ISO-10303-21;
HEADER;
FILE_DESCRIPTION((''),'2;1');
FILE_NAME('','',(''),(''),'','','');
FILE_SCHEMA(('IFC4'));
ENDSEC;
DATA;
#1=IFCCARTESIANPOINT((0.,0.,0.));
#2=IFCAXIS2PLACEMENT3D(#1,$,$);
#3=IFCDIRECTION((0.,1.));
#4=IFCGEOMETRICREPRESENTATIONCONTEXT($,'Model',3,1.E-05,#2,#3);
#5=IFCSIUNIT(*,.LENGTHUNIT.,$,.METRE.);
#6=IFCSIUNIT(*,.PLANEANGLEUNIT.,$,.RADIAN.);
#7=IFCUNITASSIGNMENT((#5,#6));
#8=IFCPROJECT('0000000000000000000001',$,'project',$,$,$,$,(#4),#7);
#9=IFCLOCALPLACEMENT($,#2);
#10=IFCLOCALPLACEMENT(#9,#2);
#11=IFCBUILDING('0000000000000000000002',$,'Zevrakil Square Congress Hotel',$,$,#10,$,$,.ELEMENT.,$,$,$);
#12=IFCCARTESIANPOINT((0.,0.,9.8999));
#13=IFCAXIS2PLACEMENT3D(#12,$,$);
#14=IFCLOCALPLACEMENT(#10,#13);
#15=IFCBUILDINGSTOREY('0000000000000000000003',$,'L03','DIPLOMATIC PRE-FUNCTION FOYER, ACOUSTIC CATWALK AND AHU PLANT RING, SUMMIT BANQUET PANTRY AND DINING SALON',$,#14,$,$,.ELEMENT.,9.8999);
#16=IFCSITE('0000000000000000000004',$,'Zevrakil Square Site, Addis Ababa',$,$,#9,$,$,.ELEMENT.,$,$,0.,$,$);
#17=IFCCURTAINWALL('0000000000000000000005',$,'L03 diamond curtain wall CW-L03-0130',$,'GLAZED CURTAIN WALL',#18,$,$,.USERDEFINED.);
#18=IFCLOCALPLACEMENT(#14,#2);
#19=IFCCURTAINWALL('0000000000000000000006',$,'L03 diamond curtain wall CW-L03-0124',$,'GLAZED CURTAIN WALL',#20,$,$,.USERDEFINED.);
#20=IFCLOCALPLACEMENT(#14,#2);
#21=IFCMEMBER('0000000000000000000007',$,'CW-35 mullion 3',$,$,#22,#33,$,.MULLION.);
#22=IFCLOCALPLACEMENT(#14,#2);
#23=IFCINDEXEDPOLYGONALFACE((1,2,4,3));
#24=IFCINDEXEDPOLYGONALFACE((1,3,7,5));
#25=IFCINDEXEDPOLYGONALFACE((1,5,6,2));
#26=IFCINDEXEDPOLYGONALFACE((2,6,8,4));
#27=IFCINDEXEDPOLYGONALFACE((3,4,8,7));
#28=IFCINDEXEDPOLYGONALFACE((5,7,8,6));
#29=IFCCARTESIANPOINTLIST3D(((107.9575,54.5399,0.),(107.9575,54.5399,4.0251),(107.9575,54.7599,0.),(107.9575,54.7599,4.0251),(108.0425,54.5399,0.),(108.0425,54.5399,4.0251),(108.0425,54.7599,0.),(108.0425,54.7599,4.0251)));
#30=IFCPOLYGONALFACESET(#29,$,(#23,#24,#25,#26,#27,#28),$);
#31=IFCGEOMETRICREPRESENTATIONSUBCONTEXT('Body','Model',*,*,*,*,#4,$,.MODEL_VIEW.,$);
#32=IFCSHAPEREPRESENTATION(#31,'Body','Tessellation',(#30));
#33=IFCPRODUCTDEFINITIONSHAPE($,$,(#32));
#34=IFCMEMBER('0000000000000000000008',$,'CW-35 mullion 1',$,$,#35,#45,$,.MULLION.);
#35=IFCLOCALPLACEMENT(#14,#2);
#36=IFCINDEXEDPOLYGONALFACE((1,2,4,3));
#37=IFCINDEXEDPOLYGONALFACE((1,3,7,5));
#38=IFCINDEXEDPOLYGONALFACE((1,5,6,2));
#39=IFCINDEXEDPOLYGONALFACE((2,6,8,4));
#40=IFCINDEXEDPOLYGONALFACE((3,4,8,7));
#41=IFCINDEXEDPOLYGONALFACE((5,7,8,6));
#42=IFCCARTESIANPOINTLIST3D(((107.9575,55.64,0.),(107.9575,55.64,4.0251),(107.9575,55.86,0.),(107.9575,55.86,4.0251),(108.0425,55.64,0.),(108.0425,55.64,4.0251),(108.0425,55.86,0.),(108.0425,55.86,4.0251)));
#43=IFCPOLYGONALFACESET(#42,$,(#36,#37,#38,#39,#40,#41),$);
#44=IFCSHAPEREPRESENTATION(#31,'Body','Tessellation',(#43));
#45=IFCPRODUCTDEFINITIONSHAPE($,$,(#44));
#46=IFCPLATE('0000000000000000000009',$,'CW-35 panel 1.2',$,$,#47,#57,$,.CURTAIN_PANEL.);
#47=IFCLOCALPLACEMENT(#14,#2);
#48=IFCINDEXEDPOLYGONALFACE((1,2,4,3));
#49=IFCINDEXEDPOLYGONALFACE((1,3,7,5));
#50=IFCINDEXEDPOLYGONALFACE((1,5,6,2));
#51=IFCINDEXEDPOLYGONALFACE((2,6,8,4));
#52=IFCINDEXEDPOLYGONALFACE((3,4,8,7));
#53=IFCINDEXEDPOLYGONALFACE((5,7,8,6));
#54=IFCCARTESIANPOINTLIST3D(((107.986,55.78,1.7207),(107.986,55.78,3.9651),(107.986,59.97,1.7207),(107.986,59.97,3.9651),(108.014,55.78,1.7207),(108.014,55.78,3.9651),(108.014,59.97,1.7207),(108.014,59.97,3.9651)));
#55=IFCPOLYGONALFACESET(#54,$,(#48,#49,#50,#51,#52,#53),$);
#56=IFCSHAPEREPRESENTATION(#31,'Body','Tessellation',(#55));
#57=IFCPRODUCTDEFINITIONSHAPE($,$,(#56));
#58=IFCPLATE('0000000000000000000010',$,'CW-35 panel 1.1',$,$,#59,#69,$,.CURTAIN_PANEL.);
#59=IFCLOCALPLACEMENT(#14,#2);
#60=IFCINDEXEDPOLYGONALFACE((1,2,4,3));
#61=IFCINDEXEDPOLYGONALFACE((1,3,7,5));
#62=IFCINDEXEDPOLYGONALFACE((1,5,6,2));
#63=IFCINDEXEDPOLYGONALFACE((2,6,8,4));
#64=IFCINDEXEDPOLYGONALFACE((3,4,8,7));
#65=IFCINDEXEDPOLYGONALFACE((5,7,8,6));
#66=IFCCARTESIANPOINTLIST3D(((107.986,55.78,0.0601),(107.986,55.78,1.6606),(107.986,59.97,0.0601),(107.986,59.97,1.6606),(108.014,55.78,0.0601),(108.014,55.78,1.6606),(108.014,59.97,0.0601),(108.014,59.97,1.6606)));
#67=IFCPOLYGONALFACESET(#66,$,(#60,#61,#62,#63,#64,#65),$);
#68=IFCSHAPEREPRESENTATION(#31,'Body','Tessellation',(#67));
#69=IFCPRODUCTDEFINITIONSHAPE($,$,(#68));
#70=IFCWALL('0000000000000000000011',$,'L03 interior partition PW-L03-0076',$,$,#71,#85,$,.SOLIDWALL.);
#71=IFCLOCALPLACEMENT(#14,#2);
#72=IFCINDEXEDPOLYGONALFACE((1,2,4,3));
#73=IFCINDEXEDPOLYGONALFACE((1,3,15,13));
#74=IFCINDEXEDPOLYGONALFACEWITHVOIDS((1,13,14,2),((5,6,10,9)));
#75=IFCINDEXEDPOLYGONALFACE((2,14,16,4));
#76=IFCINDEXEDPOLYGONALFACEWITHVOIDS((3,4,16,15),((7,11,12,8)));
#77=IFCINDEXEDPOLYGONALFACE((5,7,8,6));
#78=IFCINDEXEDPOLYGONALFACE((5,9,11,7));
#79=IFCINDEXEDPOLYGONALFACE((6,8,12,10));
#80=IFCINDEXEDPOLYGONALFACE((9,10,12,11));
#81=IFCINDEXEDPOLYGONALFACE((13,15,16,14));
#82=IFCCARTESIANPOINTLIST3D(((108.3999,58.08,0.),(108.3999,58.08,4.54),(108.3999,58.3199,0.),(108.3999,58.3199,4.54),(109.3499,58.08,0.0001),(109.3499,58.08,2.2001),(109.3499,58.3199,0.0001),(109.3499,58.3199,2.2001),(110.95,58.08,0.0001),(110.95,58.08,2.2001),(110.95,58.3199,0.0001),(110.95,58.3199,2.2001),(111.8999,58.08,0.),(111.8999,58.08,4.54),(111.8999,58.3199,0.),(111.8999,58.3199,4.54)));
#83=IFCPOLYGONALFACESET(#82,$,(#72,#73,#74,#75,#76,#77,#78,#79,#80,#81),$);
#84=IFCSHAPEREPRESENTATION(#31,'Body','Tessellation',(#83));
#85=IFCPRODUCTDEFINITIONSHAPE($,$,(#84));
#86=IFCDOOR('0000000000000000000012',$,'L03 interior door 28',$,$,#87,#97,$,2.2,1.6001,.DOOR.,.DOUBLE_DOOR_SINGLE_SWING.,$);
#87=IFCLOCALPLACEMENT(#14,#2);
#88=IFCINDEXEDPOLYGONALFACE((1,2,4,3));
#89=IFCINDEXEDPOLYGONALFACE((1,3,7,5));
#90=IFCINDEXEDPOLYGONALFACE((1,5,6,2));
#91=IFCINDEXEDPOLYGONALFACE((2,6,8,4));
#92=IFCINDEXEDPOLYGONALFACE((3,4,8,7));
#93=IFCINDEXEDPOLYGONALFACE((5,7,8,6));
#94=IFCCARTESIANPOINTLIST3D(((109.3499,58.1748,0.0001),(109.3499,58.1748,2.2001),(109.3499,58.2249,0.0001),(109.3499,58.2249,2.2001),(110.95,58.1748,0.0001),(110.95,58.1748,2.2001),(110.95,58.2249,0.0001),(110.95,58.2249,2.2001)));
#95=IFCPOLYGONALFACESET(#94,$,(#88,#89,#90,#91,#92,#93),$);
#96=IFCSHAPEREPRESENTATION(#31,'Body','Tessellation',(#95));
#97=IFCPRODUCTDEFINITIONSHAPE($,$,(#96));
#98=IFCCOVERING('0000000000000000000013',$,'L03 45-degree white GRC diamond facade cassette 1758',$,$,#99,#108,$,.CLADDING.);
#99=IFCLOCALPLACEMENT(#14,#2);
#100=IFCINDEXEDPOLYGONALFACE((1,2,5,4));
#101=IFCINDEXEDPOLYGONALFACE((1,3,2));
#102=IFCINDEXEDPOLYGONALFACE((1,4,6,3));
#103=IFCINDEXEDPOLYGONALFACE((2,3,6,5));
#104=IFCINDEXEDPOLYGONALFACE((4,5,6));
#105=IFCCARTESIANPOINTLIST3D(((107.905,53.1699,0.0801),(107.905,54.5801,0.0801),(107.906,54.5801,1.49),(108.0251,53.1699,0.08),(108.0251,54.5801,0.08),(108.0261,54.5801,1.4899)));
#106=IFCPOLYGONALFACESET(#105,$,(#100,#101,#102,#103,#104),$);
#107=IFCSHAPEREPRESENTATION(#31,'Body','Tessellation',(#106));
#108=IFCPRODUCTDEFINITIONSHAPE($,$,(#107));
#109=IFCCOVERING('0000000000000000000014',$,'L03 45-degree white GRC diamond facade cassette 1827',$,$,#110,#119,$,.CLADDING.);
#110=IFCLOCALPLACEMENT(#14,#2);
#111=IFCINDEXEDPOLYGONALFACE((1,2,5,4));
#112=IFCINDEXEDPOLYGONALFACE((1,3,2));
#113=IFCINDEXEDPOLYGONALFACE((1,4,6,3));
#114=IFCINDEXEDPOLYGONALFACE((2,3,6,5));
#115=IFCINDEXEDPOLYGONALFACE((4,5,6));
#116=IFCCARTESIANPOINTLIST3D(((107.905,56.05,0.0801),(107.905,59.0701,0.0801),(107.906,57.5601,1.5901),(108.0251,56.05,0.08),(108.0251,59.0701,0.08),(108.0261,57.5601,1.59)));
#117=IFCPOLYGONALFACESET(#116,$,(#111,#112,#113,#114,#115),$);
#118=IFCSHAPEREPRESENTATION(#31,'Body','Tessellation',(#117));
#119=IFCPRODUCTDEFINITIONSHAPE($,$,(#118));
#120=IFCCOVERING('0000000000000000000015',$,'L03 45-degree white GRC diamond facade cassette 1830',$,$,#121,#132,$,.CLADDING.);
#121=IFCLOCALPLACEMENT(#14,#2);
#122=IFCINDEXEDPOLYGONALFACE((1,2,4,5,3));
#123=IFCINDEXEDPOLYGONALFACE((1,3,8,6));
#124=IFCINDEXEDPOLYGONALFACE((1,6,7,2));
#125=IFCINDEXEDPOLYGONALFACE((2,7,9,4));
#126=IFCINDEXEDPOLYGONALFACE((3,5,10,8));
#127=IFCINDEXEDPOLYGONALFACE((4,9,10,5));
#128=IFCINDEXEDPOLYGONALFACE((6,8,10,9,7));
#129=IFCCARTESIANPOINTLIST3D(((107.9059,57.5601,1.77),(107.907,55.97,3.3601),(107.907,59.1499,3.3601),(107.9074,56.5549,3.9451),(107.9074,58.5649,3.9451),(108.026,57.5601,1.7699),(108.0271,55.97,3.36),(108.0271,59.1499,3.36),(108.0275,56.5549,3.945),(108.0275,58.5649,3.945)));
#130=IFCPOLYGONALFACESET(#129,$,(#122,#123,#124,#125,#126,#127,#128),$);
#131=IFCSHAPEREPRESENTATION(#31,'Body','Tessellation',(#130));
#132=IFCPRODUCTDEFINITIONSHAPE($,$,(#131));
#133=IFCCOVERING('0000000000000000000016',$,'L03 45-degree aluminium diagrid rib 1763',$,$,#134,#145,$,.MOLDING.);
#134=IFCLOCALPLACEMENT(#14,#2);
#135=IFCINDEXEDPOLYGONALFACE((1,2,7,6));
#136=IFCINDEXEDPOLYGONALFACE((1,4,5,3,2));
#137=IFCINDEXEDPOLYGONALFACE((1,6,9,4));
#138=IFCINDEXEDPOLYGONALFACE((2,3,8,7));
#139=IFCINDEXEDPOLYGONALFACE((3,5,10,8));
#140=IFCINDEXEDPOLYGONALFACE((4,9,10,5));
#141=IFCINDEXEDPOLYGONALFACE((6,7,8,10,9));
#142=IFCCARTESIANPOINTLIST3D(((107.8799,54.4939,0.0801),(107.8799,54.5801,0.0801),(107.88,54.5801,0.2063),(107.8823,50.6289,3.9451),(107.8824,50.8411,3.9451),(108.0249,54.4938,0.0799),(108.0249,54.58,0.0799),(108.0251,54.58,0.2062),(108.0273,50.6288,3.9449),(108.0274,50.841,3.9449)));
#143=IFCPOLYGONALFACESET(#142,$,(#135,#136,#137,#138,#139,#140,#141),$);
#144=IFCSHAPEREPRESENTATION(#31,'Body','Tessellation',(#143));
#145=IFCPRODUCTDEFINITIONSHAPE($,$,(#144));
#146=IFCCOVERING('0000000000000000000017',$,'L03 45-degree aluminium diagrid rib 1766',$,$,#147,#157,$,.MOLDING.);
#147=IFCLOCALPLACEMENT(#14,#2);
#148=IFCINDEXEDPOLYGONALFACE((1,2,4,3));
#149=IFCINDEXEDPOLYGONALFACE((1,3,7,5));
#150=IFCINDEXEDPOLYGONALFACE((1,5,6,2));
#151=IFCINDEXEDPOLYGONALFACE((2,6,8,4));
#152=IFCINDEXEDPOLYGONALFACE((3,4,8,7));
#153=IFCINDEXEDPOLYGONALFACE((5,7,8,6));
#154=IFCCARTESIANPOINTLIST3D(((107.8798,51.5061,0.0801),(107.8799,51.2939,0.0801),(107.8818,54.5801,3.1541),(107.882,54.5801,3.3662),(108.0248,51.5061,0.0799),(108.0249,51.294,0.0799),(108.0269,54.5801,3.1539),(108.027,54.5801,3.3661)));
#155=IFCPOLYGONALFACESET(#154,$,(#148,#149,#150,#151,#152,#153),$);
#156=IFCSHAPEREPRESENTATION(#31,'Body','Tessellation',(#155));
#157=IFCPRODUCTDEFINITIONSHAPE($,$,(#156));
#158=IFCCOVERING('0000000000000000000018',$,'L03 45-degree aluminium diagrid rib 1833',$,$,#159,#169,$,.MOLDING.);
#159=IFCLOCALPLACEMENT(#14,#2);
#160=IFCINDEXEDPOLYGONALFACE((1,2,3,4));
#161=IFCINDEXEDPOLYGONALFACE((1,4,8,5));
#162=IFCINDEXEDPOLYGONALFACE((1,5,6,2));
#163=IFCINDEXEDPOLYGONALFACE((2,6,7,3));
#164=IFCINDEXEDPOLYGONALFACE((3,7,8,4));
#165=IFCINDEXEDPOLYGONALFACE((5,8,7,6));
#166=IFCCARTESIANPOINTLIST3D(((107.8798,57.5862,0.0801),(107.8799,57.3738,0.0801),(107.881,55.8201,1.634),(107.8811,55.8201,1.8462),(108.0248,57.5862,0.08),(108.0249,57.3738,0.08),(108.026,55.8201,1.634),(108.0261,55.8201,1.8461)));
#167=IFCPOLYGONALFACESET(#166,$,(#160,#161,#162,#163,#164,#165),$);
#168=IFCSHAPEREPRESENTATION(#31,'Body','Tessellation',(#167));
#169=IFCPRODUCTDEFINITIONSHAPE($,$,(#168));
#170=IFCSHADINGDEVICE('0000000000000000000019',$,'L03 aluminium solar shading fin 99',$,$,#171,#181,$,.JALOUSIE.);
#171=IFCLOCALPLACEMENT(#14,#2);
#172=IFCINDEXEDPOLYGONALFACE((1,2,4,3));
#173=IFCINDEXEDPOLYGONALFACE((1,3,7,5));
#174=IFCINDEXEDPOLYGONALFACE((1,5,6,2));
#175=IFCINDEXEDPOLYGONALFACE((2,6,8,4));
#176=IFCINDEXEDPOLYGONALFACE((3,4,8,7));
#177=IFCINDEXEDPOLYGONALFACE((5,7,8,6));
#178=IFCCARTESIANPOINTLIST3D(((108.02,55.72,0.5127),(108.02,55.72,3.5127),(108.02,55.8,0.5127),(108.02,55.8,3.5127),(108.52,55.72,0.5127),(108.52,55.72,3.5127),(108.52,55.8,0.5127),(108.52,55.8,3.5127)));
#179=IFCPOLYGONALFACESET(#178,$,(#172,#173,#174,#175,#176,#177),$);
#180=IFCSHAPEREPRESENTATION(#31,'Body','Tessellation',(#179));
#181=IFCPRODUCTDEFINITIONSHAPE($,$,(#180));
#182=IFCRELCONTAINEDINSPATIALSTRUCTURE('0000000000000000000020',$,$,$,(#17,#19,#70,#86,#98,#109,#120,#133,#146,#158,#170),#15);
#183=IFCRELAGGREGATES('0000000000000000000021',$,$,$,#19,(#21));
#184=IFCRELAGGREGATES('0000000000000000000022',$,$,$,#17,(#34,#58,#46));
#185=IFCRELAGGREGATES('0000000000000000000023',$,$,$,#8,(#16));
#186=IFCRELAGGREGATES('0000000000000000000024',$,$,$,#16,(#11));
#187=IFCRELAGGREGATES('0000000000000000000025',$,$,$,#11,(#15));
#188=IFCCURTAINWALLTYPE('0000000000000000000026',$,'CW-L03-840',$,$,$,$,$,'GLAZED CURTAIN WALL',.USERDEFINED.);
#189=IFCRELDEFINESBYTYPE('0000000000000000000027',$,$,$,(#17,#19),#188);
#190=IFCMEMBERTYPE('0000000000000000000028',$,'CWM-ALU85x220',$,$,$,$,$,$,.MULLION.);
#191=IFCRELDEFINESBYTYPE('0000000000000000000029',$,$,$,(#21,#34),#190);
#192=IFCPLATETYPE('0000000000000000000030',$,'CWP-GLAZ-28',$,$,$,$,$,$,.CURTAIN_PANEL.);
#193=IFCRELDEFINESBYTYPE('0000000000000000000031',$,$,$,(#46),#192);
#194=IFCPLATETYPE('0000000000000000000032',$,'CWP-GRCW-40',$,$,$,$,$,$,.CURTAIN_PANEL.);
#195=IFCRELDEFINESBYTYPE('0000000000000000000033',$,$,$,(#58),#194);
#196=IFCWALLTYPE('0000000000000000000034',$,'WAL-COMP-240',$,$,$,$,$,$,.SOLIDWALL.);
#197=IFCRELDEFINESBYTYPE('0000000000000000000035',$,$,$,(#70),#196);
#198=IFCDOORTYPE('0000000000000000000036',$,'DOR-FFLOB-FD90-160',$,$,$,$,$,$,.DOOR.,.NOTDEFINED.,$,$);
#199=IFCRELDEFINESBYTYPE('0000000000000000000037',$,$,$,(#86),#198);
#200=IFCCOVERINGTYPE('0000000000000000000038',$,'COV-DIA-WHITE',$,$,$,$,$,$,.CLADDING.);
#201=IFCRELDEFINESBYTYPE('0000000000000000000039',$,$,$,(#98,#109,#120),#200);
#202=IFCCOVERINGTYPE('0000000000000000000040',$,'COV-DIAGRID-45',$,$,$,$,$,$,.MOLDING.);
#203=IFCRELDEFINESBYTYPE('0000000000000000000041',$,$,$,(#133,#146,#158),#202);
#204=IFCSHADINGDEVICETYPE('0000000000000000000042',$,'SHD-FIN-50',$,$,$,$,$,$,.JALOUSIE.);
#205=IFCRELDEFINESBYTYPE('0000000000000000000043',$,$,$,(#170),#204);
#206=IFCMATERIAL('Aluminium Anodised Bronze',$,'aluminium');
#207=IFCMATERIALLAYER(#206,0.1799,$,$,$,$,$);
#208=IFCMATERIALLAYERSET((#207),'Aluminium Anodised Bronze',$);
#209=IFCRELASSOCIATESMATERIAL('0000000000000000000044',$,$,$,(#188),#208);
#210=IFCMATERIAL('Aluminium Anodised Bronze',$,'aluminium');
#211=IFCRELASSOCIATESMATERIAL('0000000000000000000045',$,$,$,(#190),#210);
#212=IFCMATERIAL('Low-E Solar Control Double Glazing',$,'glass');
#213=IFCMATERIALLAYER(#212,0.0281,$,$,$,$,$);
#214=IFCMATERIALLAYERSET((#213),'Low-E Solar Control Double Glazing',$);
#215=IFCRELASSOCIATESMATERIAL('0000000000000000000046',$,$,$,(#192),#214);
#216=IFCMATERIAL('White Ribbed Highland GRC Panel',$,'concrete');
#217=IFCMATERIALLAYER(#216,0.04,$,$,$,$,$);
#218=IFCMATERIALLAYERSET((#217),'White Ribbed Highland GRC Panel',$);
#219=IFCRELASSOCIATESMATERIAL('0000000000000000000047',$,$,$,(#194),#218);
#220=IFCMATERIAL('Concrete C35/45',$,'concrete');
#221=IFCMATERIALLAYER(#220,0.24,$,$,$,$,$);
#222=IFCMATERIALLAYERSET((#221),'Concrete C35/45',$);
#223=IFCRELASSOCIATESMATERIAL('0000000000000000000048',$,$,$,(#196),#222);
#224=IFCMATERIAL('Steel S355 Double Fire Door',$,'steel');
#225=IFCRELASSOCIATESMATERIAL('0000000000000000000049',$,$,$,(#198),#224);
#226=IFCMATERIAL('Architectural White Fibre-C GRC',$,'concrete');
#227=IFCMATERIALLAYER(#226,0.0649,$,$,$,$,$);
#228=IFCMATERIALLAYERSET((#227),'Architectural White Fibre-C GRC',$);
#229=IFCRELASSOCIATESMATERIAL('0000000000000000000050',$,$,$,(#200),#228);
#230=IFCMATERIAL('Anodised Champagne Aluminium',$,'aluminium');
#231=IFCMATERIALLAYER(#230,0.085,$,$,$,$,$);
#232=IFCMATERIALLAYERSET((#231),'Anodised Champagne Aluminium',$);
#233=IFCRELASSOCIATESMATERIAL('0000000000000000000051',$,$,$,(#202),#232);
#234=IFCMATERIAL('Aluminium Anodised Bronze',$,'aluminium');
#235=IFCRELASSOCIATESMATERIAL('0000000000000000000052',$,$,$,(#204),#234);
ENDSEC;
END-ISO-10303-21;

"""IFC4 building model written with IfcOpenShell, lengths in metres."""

from ifc_helpers import new_model, si_unit, direction, frame, frame_2d, origin, origin_2d, place, context, subcontext, project, spatial, polyline, rectangle, outline, extrude, material, layer, layer_set, material_profile, profile_set, type_object, element, fill, aggregate, save


model = new_model("IFC4")

# Units and contexts
model_context = context("Model", 3, precision=1e-05, world=origin(), true_north=direction((0.0, 1.0)))
body_context = subcontext(model_context, "Body", "Model", "MODEL_VIEW")
ifc_project = project(units=[si_unit("LENGTHUNIT", "METRE"), si_unit("PLANEANGLEUNIT", "RADIAN")], contexts=[model_context])

# Site, building, storey
site_placement = place(None, origin())
site = spatial("IfcSite", under=ifc_project, at=site_placement, Name="Zevrakil Square Site, Addis Ababa", CompositionType="ELEMENT", RefElevation=0.0)
building_placement = place(site_placement, origin())
building = spatial("IfcBuilding", under=site, at=building_placement, Name="Zevrakil Square Congress Hotel", CompositionType="ELEMENT")
storey_placement = place(building_placement, frame((0.0, 0.0, 9.8999)))
storey = spatial("IfcBuildingStorey", under=building, at=storey_placement, Name="L03", Description="DIPLOMATIC PRE-FUNCTION FOYER, ACOUSTIC CATWALK AND AHU PLANT RING, SUMMIT BANQUET PANTRY AND DINING SALON", CompositionType="ELEMENT", Elevation=9.8999)

# Curtain wall
ifc_material_1 = material(Name="Aluminium Anodised Bronze", Category="aluminium")
ifc_layer_1 = layer(ifc_material_1, 0.1799)
ifc_layer_set_1 = layer_set([ifc_layer_1], Name="Aluminium Anodised Bronze")
curtain_wall_type = type_object("IfcCurtainWallType", Name="CW-L03-840", ElementType="GLAZED CURTAIN WALL", PredefinedType="USERDEFINED", material=ifc_layer_set_1)
curtain_wall_1_placement = place(storey_placement, origin())
curtain_wall_1 = element("IfcCurtainWall", 1, at=curtain_wall_1_placement, inside=storey, type_object=curtain_wall_type, Name="L03 diamond curtain wall CW-L03-0130", ObjectType="GLAZED CURTAIN WALL", PredefinedType="USERDEFINED")

# Curtain wall, member
curtain_wall_2_placement = place(storey_placement, origin())
curtain_wall_2 = element("IfcCurtainWall", 2, at=curtain_wall_2_placement, inside=storey, type_object=curtain_wall_type, Name="L03 diamond curtain wall CW-L03-0124", ObjectType="GLAZED CURTAIN WALL", PredefinedType="USERDEFINED")
ifc_material_2 = material(Name="Aluminium Anodised Bronze", Category="aluminium")
ifc_material_profile_1 = material_profile(ifc_material_2, rectangle(XDim=0.085, YDim=0.22, at=origin_2d()), Name="ALU 85x220")
ifc_profile_set_1 = profile_set([ifc_material_profile_1], Name="Aluminium Anodised Bronze")
member_type_1 = type_object("IfcMemberType", Name="CWM-ALU85x220", PredefinedType="MULLION", material=ifc_profile_set_1)
member_1_placement = place(storey_placement, frame((108.0, 54.6499, 0.0), z_axis=(0.0, 0.0, 1.0), x_axis=(-1.0, 0.0, 0.0)))
member_1 = element("IfcMember", 3, at=member_1_placement, type_object=member_type_1, Name="CW-35 mullion 3", PredefinedType="MULLION", context=body_context, shape_type="SweptSolid", body=[
    extrude(rectangle(XDim=0.085, YDim=0.22, at=origin_2d()), origin(), (0.0, 0.0, 1.0), 4.0251),
])
aggregate(curtain_wall_2, [member_1])

# Member
member_2_placement = place(storey_placement, frame((108.0, 55.75, 0.0), z_axis=(0.0, 0.0, 1.0), x_axis=(-1.0, 0.0, 0.0)))
member_2 = element("IfcMember", 4, at=member_2_placement, type_object=member_type_1, Name="CW-35 mullion 1", PredefinedType="MULLION", context=body_context, shape_type="SweptSolid", body=[
    extrude(rectangle(XDim=0.085, YDim=0.22, at=origin_2d()), origin(), (0.0, 0.0, 1.0), 4.0251),
])

# Plates
ifc_material_3 = material(Name="Low-E Solar Control Double Glazing", Category="glass")
ifc_layer_2 = layer(ifc_material_3, 0.0281)
ifc_layer_set_2 = layer_set([ifc_layer_2], Name="Low-E Solar Control Double Glazing")
plate_type_1 = type_object("IfcPlateType", Name="CWP-GLAZ-28", PredefinedType="CURTAIN_PANEL", material=ifc_layer_set_2)
plate_1_placement = place(storey_placement, frame((108.0, 57.875, 1.7207), z_axis=(0.0, 0.0, 1.0), x_axis=(0.0, 1.0, 0.0)))
plate_1 = element("IfcPlate", 5, at=plate_1_placement, type_object=plate_type_1, Name="CW-35 panel 1.2", PredefinedType="CURTAIN_PANEL", context=body_context, shape_type="SweptSolid", body=[
    extrude(rectangle(XDim=4.1899, YDim=0.0281, at=origin_2d()), origin(), (0.0, 0.0, 1.0), 2.2444),
])
ifc_material_4 = material(Name="White Ribbed Highland GRC Panel", Category="concrete")
ifc_layer_3 = layer(ifc_material_4, 0.04)
ifc_layer_set_3 = layer_set([ifc_layer_3], Name="White Ribbed Highland GRC Panel")
plate_type_2 = type_object("IfcPlateType", Name="CWP-GRCW-40", PredefinedType="CURTAIN_PANEL", material=ifc_layer_set_3)
plate_2_placement = place(storey_placement, frame((108.0, 57.875, 0.0601), z_axis=(0.0, 0.0, 1.0), x_axis=(0.0, 1.0, 0.0)))
plate_2 = element("IfcPlate", 6, at=plate_2_placement, type_object=plate_type_2, Name="CW-35 panel 1.1", PredefinedType="CURTAIN_PANEL", context=body_context, shape_type="SweptSolid", body=[
    extrude(rectangle(XDim=4.1899, YDim=0.0281, at=origin_2d()), origin(), (0.0, 0.0, 1.0), 1.6006),
])
aggregate(curtain_wall_1, [member_2, plate_2, plate_1])

# Wall, opening, door
ifc_material_5 = material(Name="Concrete C35/45", Category="concrete")
ifc_layer_4 = layer(ifc_material_5, 0.24)
ifc_layer_set_4 = layer_set([ifc_layer_4], Name="Concrete C35/45")
wall_type = type_object("IfcWallType", Name="WAL-COMP-240", PredefinedType="SOLIDWALL", material=ifc_layer_set_4)
wall_placement = place(storey_placement, frame((108.3999, 58.2, 0.0), z_axis=(0.0, 0.0, 1.0), x_axis=(1.0, 0.0, 0.0)))
wall = element("IfcWall", 7, at=wall_placement, inside=storey, type_object=wall_type, Name="L03 interior partition PW-L03-0076", PredefinedType="SOLIDWALL", context=body_context, shape_type="SweptSolid", body=[
    extrude(rectangle(XDim=3.5, YDim=0.24, at=frame_2d((1.75, 0.0))), origin(), (0.0, 0.0, 1.0), 4.54),
])
opening_placement = place(wall_placement, frame((0.95, 0.0, 0.0)))
opening = element("IfcOpeningElement", 8, at=opening_placement, cuts=wall, PredefinedType="OPENING", context=body_context, shape_type="SweptSolid", body=[
    extrude(rectangle(XDim=1.6001, YDim=2.2, at=frame_2d((0.8, 1.1001))), frame((0.0, 0.1299, 0.0), z_axis=(0.0, -1.0, 0.0), x_axis=(1.0, 0.0, 0.0)), (0.0, 0.0, 1.0), 0.26),
])
ifc_material_6 = material(Name="Steel S355 Double Fire Door", Category="steel")
door_type = type_object("IfcDoorType", Name="DOR-FFLOB-FD90-160", OperationType="NOTDEFINED", PredefinedType="DOOR", material=ifc_material_6)
door_placement = place(opening_placement, origin())
door = element("IfcDoor", 9, at=door_placement, inside=storey, type_object=door_type, Name="L03 interior door 28", OperationType="DOUBLE_DOOR_SINGLE_SWING", OverallHeight=2.2, OverallWidth=1.6001, PredefinedType="DOOR", context=body_context, shape_type="SweptSolid", body=[
    extrude(rectangle(XDim=1.6001, YDim=2.2, at=frame_2d((0.8, 1.1001))), frame((0.0, 0.0249, 0.0), z_axis=(0.0, -1.0, 0.0), x_axis=(1.0, 0.0, 0.0)), (0.0, 0.0, 1.0), 0.05),
])
fill(opening, door)

# Coverings
ifc_material_7 = material(Name="Architectural White Fibre-C GRC", Category="concrete")
ifc_layer_5 = layer(ifc_material_7, 0.0649)
ifc_layer_set_5 = layer_set([ifc_layer_5], Name="Architectural White Fibre-C GRC")
covering_type_1 = type_object("IfcCoveringType", Name="COV-DIA-WHITE", PredefinedType="CLADDING", material=ifc_layer_set_5)
covering_1_placement = place(storey_placement, frame((107.905, 53.1699, 0.0801), z_axis=(-1.0, 0.0, 0.000693), x_axis=(0.0, 1.0, 0.0)))
element("IfcCovering", 10, at=covering_1_placement, inside=storey, type_object=covering_type_1, Name="L03 45-degree white GRC diamond facade cassette 1758", PredefinedType="CLADDING", context=body_context, shape_type="SweptSolid", body=[
    extrude(outline(polyline([(0.0, 0.0), (1.4102, 0.0), (1.4102, -1.4099), (0.0, 0.0)])), origin(), (0.0, 0.0, -1.0), 0.1201),
])
covering_2_placement = place(storey_placement, frame((107.906, 57.5601, 1.5901), z_axis=(-1.0, 0.0, 0.000647), x_axis=(-0.000457, -0.707107, -0.707107)))
element("IfcCovering", 11, at=covering_2_placement, inside=storey, type_object=covering_type_1, Name="L03 45-degree white GRC diamond facade cassette 1827", PredefinedType="CLADDING", context=body_context, shape_type="SweptSolid", body=[
    extrude(outline(polyline([(0.0, 0.0), (2.1355, 0.0), (0.0, -2.1355), (0.0, 0.0)])), origin(), (0.0, 0.0, -1.0), 0.1201),
])
covering_3_placement = place(storey_placement, frame((107.907, 55.97, 3.3601), z_axis=(-1.0, 0.0, 0.000697), x_axis=(-0.000493, 0.707107, -0.707107)))
element("IfcCovering", 12, at=covering_3_placement, inside=storey, type_object=covering_type_1, Name="L03 45-degree white GRC diamond facade cassette 1830", PredefinedType="CLADDING", context=body_context, shape_type="SweptSolid", body=[
    extrude(outline(polyline([(0.0, 0.0), (2.2487, 0.0), (2.2486, -2.2486), (1.4213, -2.2486), (0.0, -0.8273), (0.0, 0.0)])), origin(), (0.0, 0.0, -1.0), 0.1201),
])
ifc_material_8 = material(Name="Anodised Champagne Aluminium", Category="aluminium")
ifc_layer_6 = layer(ifc_material_8, 0.085)
ifc_layer_set_6 = layer_set([ifc_layer_6], Name="Anodised Champagne Aluminium")
covering_type_2 = type_object("IfcCoveringType", Name="COV-DIAGRID-45", PredefinedType="MOLDING", material=ifc_layer_set_6)
covering_4_placement = place(storey_placement, frame((107.8799, 54.4939, 0.0801), z_axis=(-0.999999, 0.000391, 0.00101), x_axis=(0.000391, 1.0, 0.0)))
element("IfcCovering", 13, at=covering_4_placement, inside=storey, type_object=covering_type_2, Name="L03 45-degree aluminium diagrid rib 1763", PredefinedType="MOLDING", context=body_context, shape_type="SweptSolid", body=[
    extrude(outline(polyline([(0.0, 0.0), (0.0862, 0.0), (0.0862, -0.1262), (-3.6528, -3.865), (-3.865, -3.865), (0.0, 0.0)])), origin(), (0.0, 0.0, -1.0), 0.145),
])
covering_5_placement = place(storey_placement, frame((107.8818, 54.5801, 3.1541), z_axis=(-1.0, -0.000249, 0.000902), x_axis=(0.000902, 0.0, 1.0)))
element("IfcCovering", 14, at=covering_5_placement, inside=storey, type_object=covering_type_2, Name="L03 45-degree aluminium diagrid rib 1766", PredefinedType="MOLDING", context=body_context, shape_type="SweptSolid", body=[
    extrude(outline(polyline([(0.0, 0.0), (0.2122, 0.0), (-3.074, -3.2861), (-3.074, -3.074), (0.0, 0.0)])), origin(), (0.0, 0.0, -1.0), 0.145),
])
covering_6_placement = place(storey_placement, frame((107.8799, 57.3738, 0.0801), z_axis=(-1.0, -0.000367, 0.000368), x_axis=(-0.000367, 1.0, 0.0)))
element("IfcCovering", 15, at=covering_6_placement, inside=storey, type_object=covering_type_2, Name="L03 45-degree aluminium diagrid rib 1833", PredefinedType="MOLDING", context=body_context, shape_type="SweptSolid", body=[
    extrude(outline(polyline([(0.0, 0.0), (0.2124, 0.0), (-1.5537, -1.7661), (-1.5537, -1.554), (0.0, 0.0)])), origin(), (0.0, 0.0, -1.0), 0.145),
])

# Shading device
ifc_material_9 = material(Name="Aluminium Anodised Bronze", Category="aluminium")
shading_device_type = type_object("IfcShadingDeviceType", Name="SHD-FIN-50", PredefinedType="JALOUSIE", material=ifc_material_9)
shading_device_placement = place(storey_placement, frame((108.27, 55.76, 0.5127), z_axis=(0.0, 0.0, 1.0), x_axis=(1.0, 0.0, 0.0)))
element("IfcShadingDevice", 16, at=shading_device_placement, inside=storey, type_object=shading_device_type, Name="L03 aluminium solar shading fin 99", PredefinedType="JALOUSIE", context=body_context, shape_type="SweptSolid", body=[
    extrude(rectangle(XDim=0.5, YDim=0.0801, at=origin_2d()), origin(), (0.0, 0.0, 1.0), 3.0),
])

save(model, "model.ifc")
